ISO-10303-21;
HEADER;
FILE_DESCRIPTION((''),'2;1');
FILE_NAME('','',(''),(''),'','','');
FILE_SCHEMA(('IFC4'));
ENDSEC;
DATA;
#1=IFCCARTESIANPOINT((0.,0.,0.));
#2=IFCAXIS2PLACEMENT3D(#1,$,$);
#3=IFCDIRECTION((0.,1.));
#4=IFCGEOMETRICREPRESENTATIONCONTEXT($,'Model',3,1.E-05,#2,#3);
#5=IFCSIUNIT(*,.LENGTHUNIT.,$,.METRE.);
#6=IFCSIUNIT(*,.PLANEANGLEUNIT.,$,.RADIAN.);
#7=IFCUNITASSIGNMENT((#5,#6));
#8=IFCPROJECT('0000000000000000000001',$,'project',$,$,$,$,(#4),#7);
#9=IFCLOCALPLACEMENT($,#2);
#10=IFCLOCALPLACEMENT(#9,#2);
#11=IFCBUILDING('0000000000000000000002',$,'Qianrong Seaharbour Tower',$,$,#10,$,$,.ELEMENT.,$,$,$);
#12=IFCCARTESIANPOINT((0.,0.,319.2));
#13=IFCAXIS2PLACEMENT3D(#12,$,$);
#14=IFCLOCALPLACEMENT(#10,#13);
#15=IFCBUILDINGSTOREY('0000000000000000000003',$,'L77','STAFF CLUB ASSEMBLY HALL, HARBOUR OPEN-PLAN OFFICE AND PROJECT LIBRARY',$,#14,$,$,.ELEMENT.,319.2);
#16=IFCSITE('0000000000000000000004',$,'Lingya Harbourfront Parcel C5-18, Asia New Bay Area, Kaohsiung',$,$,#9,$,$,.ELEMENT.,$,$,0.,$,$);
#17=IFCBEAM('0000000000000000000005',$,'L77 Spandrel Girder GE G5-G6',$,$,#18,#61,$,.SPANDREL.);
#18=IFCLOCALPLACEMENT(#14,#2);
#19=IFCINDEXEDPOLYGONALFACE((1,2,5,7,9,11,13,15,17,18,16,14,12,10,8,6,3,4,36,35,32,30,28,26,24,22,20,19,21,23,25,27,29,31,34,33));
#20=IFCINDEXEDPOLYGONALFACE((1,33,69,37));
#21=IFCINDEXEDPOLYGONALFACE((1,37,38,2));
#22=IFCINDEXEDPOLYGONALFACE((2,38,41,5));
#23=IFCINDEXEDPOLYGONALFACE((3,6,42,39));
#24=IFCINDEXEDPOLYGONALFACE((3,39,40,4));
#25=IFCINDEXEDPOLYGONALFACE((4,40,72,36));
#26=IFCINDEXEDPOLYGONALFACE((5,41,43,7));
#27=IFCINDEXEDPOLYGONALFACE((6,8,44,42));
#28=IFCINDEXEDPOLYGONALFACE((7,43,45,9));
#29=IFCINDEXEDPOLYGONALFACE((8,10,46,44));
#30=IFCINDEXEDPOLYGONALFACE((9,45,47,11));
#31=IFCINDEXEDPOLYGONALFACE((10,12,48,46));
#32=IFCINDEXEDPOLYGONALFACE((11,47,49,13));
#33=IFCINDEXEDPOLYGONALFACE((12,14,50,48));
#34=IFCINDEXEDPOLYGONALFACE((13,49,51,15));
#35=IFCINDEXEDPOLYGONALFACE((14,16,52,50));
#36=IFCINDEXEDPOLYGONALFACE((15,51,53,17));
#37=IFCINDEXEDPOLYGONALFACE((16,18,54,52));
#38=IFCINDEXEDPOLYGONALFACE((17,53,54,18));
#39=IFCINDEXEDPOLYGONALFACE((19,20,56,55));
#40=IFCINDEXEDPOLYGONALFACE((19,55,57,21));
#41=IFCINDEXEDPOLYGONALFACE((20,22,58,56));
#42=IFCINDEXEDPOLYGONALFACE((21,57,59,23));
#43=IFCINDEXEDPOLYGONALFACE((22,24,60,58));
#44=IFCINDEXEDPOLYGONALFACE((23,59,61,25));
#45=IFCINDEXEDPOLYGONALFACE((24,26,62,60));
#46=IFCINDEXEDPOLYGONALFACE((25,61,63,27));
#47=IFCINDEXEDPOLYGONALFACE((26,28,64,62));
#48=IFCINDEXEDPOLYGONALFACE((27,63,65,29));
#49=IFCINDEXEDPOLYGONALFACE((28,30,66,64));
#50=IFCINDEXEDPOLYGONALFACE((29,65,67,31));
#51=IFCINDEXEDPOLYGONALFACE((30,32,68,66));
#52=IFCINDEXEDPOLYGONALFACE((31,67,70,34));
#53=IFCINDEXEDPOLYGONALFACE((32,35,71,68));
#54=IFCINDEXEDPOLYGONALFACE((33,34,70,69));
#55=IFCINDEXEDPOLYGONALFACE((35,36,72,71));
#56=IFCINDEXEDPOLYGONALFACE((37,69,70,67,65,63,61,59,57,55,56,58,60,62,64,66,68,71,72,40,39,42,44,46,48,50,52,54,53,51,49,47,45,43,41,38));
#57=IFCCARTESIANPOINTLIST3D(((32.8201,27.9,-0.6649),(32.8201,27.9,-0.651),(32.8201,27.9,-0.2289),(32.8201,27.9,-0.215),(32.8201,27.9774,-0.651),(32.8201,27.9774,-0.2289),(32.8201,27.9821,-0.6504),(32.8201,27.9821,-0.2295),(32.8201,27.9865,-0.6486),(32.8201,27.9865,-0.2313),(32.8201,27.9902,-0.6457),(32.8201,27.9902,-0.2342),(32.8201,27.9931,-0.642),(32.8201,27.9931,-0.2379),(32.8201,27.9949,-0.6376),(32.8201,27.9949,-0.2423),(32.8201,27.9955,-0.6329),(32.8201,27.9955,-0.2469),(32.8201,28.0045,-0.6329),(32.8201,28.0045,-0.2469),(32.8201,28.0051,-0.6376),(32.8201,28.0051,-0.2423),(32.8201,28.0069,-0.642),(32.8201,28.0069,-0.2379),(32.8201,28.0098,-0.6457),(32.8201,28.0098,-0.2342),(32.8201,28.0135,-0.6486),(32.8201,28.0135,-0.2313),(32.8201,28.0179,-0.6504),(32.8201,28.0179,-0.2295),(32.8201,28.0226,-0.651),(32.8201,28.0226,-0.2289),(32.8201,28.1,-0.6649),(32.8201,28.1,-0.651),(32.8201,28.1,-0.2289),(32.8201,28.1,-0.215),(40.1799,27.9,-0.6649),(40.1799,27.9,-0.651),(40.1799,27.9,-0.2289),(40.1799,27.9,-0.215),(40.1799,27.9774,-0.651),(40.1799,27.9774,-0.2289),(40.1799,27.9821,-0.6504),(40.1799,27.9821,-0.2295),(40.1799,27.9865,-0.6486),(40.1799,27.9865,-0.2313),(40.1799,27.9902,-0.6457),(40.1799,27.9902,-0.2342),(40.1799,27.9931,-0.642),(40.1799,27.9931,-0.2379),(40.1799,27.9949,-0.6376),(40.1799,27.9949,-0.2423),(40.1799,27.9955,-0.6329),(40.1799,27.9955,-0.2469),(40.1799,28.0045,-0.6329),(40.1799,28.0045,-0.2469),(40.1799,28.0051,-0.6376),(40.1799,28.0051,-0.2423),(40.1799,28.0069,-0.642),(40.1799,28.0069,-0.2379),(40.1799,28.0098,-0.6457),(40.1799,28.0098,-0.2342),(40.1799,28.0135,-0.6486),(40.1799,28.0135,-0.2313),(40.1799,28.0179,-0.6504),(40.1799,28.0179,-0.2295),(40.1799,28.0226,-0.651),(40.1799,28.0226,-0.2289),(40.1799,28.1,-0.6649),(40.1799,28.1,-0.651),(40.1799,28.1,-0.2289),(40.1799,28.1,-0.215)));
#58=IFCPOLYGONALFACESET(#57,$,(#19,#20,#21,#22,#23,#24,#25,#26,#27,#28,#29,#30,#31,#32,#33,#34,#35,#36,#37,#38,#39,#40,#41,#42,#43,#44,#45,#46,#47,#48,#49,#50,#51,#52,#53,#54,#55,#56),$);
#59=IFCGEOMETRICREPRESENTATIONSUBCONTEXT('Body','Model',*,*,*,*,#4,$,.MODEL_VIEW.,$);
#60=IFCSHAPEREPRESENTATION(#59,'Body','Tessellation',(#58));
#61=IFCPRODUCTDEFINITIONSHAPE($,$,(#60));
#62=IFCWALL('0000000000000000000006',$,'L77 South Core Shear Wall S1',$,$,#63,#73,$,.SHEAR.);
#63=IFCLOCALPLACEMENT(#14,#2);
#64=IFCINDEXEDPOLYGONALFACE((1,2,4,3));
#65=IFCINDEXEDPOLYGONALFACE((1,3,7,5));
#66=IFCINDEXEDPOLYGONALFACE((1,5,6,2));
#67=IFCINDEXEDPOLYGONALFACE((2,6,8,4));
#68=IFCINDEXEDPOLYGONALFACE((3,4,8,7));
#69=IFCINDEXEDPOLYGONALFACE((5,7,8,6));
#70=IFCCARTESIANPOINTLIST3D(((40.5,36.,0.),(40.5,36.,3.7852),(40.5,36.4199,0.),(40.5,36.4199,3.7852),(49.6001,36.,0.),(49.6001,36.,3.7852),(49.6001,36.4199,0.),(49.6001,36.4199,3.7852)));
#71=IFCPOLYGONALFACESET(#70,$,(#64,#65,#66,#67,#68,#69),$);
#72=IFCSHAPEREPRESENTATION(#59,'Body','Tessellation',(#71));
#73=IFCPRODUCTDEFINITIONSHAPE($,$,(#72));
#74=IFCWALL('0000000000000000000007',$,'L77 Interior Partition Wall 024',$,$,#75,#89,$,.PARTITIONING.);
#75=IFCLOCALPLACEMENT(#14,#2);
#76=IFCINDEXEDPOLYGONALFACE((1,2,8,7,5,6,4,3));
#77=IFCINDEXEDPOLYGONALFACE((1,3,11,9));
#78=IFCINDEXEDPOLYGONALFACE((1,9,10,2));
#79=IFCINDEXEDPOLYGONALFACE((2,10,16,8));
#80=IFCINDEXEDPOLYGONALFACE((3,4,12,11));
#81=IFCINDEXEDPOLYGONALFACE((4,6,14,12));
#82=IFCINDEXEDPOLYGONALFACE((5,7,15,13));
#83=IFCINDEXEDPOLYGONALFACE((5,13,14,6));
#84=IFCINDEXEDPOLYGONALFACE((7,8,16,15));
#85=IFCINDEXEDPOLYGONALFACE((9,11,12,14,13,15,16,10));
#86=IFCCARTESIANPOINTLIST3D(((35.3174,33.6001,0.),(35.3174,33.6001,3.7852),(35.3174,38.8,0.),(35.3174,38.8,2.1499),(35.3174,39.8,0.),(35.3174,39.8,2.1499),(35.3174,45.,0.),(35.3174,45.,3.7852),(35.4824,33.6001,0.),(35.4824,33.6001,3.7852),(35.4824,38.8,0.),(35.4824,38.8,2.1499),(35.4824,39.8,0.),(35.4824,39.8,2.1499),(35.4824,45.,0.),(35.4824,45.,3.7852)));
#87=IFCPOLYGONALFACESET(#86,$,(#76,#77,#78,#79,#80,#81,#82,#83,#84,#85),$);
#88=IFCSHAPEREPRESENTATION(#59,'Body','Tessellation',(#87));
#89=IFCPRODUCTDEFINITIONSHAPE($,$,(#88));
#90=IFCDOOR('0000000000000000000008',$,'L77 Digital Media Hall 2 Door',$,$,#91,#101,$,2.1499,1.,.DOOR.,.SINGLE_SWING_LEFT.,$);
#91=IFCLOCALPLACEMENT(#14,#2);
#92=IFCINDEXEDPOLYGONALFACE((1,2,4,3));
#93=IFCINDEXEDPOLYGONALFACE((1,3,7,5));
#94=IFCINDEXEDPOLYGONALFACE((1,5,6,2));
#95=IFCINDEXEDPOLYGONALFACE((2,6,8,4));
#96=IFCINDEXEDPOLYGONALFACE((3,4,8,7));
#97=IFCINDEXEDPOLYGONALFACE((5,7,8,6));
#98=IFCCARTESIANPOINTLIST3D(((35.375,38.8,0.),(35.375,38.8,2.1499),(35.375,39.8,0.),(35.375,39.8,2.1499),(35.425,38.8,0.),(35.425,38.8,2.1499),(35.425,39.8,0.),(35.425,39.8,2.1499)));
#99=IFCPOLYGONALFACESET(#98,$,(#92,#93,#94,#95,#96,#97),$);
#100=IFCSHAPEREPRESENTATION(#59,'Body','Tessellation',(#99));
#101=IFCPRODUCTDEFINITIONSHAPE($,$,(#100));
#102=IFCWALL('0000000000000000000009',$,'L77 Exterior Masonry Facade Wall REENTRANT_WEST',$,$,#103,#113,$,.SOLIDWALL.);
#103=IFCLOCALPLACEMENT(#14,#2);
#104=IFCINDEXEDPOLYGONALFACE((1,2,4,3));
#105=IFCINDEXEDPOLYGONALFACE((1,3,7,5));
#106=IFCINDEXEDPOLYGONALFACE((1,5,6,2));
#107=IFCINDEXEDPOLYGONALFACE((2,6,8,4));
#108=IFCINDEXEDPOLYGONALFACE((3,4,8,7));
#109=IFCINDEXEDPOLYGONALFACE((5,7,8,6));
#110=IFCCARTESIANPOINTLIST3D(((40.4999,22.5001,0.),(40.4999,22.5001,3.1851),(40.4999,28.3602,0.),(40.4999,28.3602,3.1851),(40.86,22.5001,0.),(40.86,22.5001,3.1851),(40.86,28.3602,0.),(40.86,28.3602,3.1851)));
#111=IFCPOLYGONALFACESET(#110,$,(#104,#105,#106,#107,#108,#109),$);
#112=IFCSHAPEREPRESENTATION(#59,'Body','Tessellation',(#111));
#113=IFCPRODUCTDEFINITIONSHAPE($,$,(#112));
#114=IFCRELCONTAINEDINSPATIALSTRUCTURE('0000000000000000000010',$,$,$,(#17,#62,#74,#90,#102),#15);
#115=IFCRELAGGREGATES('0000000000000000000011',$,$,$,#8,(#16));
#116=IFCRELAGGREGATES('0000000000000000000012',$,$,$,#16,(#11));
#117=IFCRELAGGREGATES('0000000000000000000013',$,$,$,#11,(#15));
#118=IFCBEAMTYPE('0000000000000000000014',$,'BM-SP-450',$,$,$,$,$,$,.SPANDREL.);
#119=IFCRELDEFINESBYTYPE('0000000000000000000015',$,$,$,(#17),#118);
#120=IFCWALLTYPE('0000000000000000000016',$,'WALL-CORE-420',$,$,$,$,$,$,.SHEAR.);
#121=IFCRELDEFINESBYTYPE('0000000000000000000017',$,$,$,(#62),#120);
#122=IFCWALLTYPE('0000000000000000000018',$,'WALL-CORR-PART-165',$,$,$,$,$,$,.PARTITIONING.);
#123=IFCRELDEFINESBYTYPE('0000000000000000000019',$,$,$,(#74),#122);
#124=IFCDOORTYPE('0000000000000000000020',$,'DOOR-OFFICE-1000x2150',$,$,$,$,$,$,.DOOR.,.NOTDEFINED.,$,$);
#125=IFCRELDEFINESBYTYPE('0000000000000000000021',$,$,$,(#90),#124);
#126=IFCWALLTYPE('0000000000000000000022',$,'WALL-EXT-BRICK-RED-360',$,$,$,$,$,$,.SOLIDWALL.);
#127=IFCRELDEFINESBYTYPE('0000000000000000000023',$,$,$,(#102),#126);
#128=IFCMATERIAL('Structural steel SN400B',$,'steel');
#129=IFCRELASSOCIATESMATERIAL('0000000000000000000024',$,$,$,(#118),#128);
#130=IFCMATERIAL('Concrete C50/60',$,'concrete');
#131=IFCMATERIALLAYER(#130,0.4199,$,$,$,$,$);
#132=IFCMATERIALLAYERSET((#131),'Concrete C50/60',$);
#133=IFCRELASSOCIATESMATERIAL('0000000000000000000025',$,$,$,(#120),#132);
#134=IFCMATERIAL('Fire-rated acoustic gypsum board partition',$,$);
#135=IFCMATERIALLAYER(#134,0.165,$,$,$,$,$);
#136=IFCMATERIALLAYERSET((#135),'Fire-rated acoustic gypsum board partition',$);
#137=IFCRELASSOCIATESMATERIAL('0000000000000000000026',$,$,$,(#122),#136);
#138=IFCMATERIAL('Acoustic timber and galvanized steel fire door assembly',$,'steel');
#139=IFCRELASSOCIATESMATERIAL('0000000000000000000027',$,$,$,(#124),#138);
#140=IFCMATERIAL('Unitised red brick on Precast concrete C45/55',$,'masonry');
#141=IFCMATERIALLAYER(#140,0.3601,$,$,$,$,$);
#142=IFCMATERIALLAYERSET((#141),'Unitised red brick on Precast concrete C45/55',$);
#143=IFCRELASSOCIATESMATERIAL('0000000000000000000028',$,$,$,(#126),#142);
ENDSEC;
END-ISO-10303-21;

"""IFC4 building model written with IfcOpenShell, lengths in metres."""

from ifc_helpers import new_model, si_unit, direction, frame, frame_2d, origin, origin_2d, place, context, subcontext, project, spatial, rectangle, i_section, extrude, material, layer, layer_set, material_profile, profile_set, type_object, element, fill, save


model = new_model("IFC4")

# Units and contexts
model_context = context("Model", 3, precision=1e-05, world=origin(), true_north=direction((0.0, 1.0)))
body_context = subcontext(model_context, "Body", "Model", "MODEL_VIEW")
ifc_project = project(units=[si_unit("LENGTHUNIT", "METRE"), si_unit("PLANEANGLEUNIT", "RADIAN")], contexts=[model_context])

# Site, building, storey
site_placement = place(None, origin())
site = spatial("IfcSite", under=ifc_project, at=site_placement, Name="Lingya Harbourfront Parcel C5-18, Asia New Bay Area, Kaohsiung", CompositionType="ELEMENT", RefElevation=0.0)
building_placement = place(site_placement, origin())
building = spatial("IfcBuilding", under=site, at=building_placement, Name="Qianrong Seaharbour Tower", CompositionType="ELEMENT")
storey_placement = place(building_placement, frame((0.0, 0.0, 319.2)))
storey = spatial("IfcBuildingStorey", under=building, at=storey_placement, Name="L77", Description="STAFF CLUB ASSEMBLY HALL, HARBOUR OPEN-PLAN OFFICE AND PROJECT LIBRARY", CompositionType="ELEMENT", Elevation=319.2)

# Shared definitions
ifc_material_1 = material(Name="Concrete C50/60", Category="concrete")

# Beam
ifc_material_2 = material(Name="Structural steel SN400B", Category="steel")
ifc_material_profile_1 = material_profile(ifc_material_2, i_section(OverallWidth=0.2, OverallDepth=0.45, WebThickness=0.009, FlangeThickness=0.0139, FilletRadius=0.0181, at=origin_2d()), Name="H450x200x9x14")
ifc_profile_set_1 = profile_set([ifc_material_profile_1], Name="Structural steel SN400B")
beam_type_1 = type_object("IfcBeamType", Name="BM-SP-450", PredefinedType="SPANDREL", material=ifc_profile_set_1)
for number, where, z_axis, x_axis, name in (
    (1, (32.8201, 28.0, -0.4399), (1.0, 0.0, 0.0), (0.0, 1.0, 0.0), "L77 Spandrel Girder GE G5-G6"),
):
    element("IfcBeam", number, at=place(storey_placement, frame(where, z_axis=z_axis, x_axis=x_axis)), inside=storey, type_object=beam_type_1, Name=name, PredefinedType="SPANDREL", context=body_context, shape_type="SweptSolid", body=[
        extrude(i_section(OverallWidth=0.2, OverallDepth=0.45, WebThickness=0.009, FlangeThickness=0.0139, FilletRadius=0.0181, at=origin_2d()), origin(), (0.0, 0.0, 1.0), 7.3599),
    ])

# Wall
ifc_layer_1 = layer(ifc_material_1, 0.4199)
ifc_layer_set_1 = layer_set([ifc_layer_1], Name="Concrete C50/60")
wall_type_1 = type_object("IfcWallType", Name="WALL-CORE-420", PredefinedType="SHEAR", material=ifc_layer_set_1)
wall_1_placement = place(storey_placement, frame((40.5, 36.21, 0.0), z_axis=(0.0, 0.0, 1.0), x_axis=(1.0, 0.0, 0.0)))
element("IfcWall", 2, at=wall_1_placement, inside=storey, type_object=wall_type_1, Name="L77 South Core Shear Wall S1", PredefinedType="SHEAR", context=body_context, shape_type="SweptSolid", body=[
    extrude(rectangle(XDim=9.1001, YDim=0.4199, at=frame_2d((4.55, 0.0))), origin(), (0.0, 0.0, 1.0), 3.7852),
])

# Wall, opening, door
ifc_material_3 = material(Name="Fire-rated acoustic gypsum board partition")
ifc_layer_2 = layer(ifc_material_3, 0.165)
ifc_layer_set_2 = layer_set([ifc_layer_2], Name="Fire-rated acoustic gypsum board partition")
wall_type_2 = type_object("IfcWallType", Name="WALL-CORR-PART-165", PredefinedType="PARTITIONING", material=ifc_layer_set_2)
wall_2_placement = place(storey_placement, frame((35.3999, 33.6001, 0.0), z_axis=(0.0, 0.0, 1.0), x_axis=(0.0, 1.0, 0.0)))
wall_2 = element("IfcWall", 3, at=wall_2_placement, inside=storey, type_object=wall_type_2, Name="L77 Interior Partition Wall 024", PredefinedType="PARTITIONING", context=body_context, shape_type="SweptSolid", body=[
    extrude(rectangle(XDim=11.3999, YDim=0.165, at=frame_2d((5.7, 0.0))), origin(), (0.0, 0.0, 1.0), 3.7852),
])
opening_1_placement = place(wall_2_placement, frame((5.2, 0.0, 0.0)))
opening_1 = element("IfcOpeningElement", 4, at=opening_1_placement, cuts=wall_2, PredefinedType="OPENING", context=body_context, shape_type="SweptSolid", body=[
    extrude(rectangle(XDim=1.0, YDim=2.1499, at=frame_2d((0.5, 1.075))), frame((0.0, 0.0925, 0.0), z_axis=(0.0, -1.0, 0.0), x_axis=(1.0, 0.0, 0.0)), (0.0, 0.0, 1.0), 0.1851),
])
ifc_material_4 = material(Name="Acoustic timber and galvanized steel fire door assembly", Category="steel")
door_type = type_object("IfcDoorType", Name="DOOR-OFFICE-1000x2150", OperationType="NOTDEFINED", PredefinedType="DOOR", material=ifc_material_4)
door_placement = place(opening_1_placement, origin())
door = element("IfcDoor", 5, at=door_placement, inside=storey, type_object=door_type, Name="L77 Digital Media Hall 2 Door", OperationType="SINGLE_SWING_LEFT", OverallHeight=2.1499, OverallWidth=1.0, PredefinedType="DOOR", context=body_context, shape_type="SweptSolid", body=[
    extrude(rectangle(XDim=1.0, YDim=2.1499, at=frame_2d((0.5, 1.075))), frame((0.0, 0.0249, 0.0), z_axis=(0.0, -1.0, 0.0), x_axis=(1.0, 0.0, 0.0)), (0.0, 0.0, 1.0), 0.05),
])
fill(opening_1, door)

# Wall
ifc_material_5 = material(Name="Unitised red brick on Precast concrete C45/55", Category="masonry")
ifc_layer_3 = layer(ifc_material_5, 0.3601)
ifc_layer_set_3 = layer_set([ifc_layer_3], Name="Unitised red brick on Precast concrete C45/55")
wall_type_3 = type_object("IfcWallType", Name="WALL-EXT-BRICK-RED-360", PredefinedType="SOLIDWALL", material=ifc_layer_set_3)
wall_3_placement = place(storey_placement, frame((40.6799, 22.5, 0.0), z_axis=(0.0, 0.0, 1.0), x_axis=(0.0, 1.0, 0.0)))
element("IfcWall", 6, at=wall_3_placement, inside=storey, type_object=wall_type_3, Name="L77 Exterior Masonry Facade Wall REENTRANT_WEST", PredefinedType="SOLIDWALL", context=body_context, shape_type="SweptSolid", body=[
    extrude(rectangle(XDim=5.8601, YDim=0.3601, at=frame_2d((2.9302, 0.0))), origin(), (0.0, 0.0, 1.0), 3.1851),
])

save(model, "model.ifc")
